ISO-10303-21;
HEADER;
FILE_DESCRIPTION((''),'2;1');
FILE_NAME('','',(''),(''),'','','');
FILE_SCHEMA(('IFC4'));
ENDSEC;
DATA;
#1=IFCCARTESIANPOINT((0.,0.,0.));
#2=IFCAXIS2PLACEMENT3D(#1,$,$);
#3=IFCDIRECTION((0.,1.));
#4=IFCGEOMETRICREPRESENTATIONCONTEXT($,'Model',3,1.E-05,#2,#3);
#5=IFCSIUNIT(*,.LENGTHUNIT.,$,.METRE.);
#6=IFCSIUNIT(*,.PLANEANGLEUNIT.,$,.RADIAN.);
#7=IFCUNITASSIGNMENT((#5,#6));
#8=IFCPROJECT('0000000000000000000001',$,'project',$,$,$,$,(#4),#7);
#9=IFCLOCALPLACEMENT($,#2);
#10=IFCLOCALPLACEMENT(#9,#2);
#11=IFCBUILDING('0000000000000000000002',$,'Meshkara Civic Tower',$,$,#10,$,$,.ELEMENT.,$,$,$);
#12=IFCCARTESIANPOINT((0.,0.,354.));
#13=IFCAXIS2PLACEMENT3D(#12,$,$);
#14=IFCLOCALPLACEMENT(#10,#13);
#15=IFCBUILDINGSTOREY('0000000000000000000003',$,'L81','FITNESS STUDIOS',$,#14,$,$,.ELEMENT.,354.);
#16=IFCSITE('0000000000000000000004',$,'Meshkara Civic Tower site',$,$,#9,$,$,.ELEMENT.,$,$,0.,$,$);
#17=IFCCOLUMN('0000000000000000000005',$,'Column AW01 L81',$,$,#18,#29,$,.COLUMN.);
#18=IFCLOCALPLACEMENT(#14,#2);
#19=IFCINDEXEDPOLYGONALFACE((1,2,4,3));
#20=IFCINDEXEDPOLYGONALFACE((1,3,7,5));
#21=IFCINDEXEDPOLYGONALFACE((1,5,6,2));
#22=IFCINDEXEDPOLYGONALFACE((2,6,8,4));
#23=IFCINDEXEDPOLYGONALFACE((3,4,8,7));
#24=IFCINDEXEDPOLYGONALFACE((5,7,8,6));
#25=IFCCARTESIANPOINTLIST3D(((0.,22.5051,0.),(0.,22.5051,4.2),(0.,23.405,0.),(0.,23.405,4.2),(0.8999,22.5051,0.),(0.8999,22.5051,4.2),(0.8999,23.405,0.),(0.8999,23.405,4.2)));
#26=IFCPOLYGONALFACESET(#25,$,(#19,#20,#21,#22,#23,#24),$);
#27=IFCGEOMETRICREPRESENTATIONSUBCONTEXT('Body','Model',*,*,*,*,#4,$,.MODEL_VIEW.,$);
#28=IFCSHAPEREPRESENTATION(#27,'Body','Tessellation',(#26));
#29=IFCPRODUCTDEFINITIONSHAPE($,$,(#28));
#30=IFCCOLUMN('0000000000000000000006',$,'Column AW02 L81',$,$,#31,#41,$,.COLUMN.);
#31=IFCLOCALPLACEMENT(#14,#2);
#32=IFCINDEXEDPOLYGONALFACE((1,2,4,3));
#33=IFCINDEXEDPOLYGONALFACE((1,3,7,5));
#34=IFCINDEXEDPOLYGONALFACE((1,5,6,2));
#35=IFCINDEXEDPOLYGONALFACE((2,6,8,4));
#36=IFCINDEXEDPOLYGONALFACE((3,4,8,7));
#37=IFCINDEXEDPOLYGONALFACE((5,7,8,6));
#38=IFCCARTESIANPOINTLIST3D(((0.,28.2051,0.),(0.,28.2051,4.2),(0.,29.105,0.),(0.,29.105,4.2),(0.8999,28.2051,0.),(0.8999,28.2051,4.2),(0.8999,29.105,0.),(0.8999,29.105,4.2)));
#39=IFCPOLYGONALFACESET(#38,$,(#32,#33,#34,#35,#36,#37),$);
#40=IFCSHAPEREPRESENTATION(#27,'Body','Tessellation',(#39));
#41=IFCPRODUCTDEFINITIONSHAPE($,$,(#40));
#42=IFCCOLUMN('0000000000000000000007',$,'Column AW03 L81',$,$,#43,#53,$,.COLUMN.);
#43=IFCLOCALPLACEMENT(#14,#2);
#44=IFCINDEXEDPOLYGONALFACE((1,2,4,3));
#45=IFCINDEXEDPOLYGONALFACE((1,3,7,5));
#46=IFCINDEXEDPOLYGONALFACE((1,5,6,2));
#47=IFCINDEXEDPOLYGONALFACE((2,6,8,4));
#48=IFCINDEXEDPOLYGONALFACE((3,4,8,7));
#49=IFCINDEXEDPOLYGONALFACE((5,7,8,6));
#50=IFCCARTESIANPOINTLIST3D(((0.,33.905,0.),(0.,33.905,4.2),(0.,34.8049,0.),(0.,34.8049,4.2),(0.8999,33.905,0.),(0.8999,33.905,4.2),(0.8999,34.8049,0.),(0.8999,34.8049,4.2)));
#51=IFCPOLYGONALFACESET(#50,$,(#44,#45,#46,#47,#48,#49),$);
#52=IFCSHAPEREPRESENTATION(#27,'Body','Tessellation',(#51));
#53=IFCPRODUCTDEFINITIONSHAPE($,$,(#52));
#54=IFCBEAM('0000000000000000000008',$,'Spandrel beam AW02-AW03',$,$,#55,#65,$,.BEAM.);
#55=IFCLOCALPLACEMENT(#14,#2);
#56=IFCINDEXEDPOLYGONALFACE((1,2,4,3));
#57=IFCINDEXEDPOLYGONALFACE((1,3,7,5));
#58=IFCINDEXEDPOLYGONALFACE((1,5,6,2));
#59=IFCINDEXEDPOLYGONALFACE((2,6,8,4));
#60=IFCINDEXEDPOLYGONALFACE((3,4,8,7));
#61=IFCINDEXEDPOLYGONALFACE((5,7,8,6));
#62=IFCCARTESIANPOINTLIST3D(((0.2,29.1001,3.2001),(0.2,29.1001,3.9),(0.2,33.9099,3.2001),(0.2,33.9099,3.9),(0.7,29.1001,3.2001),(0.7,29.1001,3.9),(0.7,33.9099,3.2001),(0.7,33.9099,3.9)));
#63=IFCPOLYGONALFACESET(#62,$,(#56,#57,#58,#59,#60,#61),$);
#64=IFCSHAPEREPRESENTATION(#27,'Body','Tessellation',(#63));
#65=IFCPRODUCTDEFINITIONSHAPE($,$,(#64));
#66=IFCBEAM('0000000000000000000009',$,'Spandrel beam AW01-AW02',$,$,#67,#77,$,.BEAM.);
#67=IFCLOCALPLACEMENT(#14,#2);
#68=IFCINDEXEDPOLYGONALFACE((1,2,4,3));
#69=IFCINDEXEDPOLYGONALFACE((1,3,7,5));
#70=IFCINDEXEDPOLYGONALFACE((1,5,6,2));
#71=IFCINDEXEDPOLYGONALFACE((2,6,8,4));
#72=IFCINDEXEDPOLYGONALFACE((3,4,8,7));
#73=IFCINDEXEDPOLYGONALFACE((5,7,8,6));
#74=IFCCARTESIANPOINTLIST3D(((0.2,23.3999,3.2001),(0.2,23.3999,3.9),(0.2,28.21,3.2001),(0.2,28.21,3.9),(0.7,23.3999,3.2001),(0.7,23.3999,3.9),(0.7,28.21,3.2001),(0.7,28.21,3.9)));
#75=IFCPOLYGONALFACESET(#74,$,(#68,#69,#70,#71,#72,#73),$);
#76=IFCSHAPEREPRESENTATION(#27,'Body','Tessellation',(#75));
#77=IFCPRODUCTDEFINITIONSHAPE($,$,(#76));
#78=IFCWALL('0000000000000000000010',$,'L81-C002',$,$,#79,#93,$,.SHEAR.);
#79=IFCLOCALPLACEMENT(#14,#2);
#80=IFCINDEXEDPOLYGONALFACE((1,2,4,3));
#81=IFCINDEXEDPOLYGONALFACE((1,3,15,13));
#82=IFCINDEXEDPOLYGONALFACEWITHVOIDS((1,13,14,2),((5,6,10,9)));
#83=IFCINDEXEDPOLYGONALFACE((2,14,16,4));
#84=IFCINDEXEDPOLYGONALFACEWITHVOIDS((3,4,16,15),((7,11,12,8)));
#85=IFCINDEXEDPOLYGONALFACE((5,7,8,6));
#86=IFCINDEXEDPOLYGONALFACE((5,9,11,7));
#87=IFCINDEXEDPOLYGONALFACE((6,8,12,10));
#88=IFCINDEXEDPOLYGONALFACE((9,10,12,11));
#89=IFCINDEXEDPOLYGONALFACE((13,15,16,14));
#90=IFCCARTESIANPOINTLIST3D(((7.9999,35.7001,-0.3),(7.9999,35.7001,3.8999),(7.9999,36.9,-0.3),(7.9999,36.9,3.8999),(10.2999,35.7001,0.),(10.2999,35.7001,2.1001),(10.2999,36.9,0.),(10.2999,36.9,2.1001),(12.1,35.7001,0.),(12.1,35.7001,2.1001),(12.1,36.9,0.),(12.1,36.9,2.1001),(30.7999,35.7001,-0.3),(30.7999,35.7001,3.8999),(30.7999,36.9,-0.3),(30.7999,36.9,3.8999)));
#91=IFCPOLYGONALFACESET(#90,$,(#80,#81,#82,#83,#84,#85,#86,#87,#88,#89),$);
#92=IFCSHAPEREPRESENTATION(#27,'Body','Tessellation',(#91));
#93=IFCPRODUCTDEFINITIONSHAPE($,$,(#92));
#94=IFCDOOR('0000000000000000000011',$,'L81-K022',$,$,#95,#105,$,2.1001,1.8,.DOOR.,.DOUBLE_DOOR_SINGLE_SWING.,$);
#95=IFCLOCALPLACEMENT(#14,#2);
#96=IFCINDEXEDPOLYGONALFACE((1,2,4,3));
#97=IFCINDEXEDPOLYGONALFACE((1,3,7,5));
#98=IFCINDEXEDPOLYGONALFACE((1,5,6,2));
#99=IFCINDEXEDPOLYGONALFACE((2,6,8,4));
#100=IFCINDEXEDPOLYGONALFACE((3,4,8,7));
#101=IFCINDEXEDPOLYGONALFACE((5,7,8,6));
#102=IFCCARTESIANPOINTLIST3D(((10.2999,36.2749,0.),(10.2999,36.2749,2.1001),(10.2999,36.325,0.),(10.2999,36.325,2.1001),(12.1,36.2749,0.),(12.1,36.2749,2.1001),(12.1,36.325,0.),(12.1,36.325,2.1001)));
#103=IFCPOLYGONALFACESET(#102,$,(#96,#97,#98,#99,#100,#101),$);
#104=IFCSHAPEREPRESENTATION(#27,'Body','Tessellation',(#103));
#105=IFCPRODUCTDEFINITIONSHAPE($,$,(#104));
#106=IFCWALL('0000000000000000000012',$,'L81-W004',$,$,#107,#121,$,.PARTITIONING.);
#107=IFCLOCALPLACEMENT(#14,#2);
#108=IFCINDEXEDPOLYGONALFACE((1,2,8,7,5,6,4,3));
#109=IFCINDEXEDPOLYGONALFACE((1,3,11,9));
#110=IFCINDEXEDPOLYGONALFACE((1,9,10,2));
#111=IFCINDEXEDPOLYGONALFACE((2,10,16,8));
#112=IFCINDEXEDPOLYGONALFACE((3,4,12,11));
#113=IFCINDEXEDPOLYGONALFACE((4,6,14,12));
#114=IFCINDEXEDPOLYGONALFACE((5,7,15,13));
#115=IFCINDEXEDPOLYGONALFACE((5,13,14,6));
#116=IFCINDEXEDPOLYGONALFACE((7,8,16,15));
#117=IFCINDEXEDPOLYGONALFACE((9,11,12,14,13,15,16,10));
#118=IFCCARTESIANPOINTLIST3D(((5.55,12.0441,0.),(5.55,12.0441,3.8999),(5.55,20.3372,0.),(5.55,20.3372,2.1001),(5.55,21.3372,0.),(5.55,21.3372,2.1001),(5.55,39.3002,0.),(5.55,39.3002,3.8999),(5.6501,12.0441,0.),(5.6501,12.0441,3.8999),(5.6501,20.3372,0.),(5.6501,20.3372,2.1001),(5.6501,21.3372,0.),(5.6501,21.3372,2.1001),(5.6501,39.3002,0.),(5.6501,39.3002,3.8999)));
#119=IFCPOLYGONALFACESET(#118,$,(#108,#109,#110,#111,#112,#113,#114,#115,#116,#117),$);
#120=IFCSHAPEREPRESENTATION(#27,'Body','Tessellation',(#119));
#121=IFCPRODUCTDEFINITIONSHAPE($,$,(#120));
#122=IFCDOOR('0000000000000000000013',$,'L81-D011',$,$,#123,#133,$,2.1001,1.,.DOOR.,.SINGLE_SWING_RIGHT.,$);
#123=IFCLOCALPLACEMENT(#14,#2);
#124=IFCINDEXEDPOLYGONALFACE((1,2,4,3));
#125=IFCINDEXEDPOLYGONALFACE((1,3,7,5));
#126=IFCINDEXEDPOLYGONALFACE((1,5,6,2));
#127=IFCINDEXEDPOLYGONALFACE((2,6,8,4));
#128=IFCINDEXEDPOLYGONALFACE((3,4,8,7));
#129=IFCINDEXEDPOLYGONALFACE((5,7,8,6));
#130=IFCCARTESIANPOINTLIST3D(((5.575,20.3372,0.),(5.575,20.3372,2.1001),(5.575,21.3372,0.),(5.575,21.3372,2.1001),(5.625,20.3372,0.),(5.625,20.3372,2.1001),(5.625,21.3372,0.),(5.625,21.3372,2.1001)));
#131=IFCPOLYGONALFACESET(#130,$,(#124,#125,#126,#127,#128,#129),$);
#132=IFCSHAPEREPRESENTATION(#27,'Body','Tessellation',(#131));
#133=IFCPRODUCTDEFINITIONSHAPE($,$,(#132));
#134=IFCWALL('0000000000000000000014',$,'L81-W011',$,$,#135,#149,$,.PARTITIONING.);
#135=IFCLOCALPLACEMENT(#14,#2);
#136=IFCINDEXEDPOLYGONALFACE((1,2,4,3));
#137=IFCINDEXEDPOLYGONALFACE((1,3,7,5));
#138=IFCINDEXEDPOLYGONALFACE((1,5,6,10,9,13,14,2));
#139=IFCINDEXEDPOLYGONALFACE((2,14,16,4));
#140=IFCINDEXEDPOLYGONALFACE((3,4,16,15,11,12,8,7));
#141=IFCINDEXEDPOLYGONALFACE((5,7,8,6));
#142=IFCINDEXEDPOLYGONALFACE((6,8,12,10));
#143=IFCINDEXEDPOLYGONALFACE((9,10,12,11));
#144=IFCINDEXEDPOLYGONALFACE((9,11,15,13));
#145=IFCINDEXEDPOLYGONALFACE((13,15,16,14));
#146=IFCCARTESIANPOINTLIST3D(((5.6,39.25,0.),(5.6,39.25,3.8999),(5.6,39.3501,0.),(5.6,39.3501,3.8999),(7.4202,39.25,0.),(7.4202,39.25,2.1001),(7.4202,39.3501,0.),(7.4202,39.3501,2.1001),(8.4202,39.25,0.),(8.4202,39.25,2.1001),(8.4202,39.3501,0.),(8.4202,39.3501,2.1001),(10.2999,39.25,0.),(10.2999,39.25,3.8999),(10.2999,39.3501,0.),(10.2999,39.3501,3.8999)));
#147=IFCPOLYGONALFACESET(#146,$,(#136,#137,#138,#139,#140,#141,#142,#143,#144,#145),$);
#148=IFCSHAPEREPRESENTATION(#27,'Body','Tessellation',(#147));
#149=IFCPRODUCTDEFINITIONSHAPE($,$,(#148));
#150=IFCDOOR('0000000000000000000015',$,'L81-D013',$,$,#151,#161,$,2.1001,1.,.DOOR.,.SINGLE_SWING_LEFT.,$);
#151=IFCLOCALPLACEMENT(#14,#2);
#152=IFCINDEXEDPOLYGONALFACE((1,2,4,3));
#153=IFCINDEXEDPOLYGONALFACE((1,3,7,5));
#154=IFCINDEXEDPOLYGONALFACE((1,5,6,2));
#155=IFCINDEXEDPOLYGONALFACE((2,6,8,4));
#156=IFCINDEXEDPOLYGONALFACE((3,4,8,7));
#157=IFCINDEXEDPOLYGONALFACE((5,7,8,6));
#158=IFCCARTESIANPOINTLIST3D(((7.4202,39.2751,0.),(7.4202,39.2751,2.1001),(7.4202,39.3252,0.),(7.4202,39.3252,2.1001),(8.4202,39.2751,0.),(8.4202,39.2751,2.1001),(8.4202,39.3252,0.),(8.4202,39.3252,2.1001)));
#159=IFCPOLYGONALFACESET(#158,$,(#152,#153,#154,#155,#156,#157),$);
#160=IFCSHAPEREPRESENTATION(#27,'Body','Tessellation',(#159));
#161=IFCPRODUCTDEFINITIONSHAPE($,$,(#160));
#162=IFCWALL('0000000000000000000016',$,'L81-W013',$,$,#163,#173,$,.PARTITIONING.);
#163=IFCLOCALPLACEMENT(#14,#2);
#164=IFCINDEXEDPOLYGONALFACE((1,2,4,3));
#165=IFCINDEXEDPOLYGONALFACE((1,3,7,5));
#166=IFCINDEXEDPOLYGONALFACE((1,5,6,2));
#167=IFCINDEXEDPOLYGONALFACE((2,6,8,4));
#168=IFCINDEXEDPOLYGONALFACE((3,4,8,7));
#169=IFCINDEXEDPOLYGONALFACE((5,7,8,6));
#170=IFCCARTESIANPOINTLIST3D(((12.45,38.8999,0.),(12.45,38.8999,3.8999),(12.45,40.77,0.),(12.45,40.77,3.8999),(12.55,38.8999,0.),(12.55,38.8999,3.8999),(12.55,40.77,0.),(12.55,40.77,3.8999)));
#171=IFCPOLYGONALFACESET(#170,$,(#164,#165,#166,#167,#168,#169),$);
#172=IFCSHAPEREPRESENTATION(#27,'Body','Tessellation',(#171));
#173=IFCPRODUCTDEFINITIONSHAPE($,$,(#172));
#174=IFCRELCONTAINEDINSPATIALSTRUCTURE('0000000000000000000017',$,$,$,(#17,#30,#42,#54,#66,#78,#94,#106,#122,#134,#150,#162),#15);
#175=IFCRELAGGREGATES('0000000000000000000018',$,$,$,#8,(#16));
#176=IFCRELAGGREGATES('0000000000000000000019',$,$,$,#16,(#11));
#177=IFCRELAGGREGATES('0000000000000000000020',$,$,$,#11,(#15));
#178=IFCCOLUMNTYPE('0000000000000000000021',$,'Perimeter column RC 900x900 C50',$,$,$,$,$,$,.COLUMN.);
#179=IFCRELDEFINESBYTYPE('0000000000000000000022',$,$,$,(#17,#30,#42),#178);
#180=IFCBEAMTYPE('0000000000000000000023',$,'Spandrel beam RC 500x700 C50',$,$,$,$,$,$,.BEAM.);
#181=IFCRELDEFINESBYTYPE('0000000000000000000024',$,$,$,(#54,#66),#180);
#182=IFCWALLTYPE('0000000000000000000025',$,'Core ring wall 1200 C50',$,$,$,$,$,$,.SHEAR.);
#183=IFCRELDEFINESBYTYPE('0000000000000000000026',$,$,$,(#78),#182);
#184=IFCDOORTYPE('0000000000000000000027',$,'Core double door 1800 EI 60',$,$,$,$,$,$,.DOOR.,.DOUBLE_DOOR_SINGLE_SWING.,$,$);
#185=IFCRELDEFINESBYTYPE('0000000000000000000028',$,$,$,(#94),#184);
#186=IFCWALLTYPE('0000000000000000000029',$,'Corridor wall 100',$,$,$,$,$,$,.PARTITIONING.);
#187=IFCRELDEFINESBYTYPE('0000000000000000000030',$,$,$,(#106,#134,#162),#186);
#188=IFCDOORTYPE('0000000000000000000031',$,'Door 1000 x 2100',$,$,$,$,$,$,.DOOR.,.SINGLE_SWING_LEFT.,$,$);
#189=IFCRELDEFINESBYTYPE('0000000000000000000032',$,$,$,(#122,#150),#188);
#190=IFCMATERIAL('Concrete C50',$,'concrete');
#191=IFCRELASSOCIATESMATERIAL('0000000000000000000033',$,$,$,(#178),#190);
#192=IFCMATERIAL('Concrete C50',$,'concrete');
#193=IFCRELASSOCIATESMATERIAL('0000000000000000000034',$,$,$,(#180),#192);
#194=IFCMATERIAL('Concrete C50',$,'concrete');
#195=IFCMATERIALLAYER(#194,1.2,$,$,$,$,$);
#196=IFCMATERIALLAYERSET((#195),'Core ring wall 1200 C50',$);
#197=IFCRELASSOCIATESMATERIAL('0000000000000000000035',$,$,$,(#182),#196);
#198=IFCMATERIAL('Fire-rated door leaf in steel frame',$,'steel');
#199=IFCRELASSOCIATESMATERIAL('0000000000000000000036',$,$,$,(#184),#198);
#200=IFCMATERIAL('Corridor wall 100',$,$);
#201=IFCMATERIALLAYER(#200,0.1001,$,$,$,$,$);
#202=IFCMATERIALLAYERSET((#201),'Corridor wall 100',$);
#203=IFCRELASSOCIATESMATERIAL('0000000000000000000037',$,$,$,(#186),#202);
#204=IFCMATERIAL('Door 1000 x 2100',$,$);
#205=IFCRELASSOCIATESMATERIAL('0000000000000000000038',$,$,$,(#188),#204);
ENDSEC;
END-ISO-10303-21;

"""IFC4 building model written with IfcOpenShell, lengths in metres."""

from ifc_helpers import new_model, si_unit, direction, frame, frame_2d, origin, origin_2d, place, context, subcontext, project, spatial, rectangle, extrude, material, layer, layer_set, material_profile, profile_set, type_object, element, fill, save


model = new_model("IFC4")

# Units and contexts
model_context = context("Model", 3, precision=1e-05, world=origin(), true_north=direction((0.0, 1.0)))
body_context = subcontext(model_context, "Body", "Model", "MODEL_VIEW")
ifc_project = project(units=[si_unit("LENGTHUNIT", "METRE"), si_unit("PLANEANGLEUNIT", "RADIAN")], contexts=[model_context])

# Site, building, storey
site_placement = place(None, origin())
site = spatial("IfcSite", under=ifc_project, at=site_placement, Name="Meshkara Civic Tower site", CompositionType="ELEMENT", RefElevation=0.0)
building_placement = place(site_placement, origin())
building = spatial("IfcBuilding", under=site, at=building_placement, Name="Meshkara Civic Tower", CompositionType="ELEMENT")
storey_placement = place(building_placement, frame((0.0, 0.0, 354.0)))
storey = spatial("IfcBuildingStorey", under=building, at=storey_placement, Name="L81", Description="FITNESS STUDIOS", CompositionType="ELEMENT", Elevation=354.0)

# Columns
ifc_material_1 = material(Name="Concrete C50", Category="concrete")
ifc_material_profile_1 = material_profile(ifc_material_1, rectangle(XDim=0.8999, YDim=0.8999, at=origin_2d()))
ifc_profile_set_1 = profile_set([ifc_material_profile_1], Name="Concrete C50")
column_type = type_object("IfcColumnType", Name="Perimeter column RC 900x900 C50", PredefinedType="COLUMN", material=ifc_profile_set_1)
for number, where, z_axis, x_axis, name in (
    (1, (0.45, 22.9551, 0.0), (0.0, 0.0, 1.0), (1.0, 0.0, 0.0), "Column AW01 L81"),
    (2, (0.45, 28.655, 0.0), (0.0, 0.0, 1.0), (1.0, 0.0, 0.0), "Column AW02 L81"),
    (3, (0.45, 34.355, 0.0), (0.0, 0.0, 1.0), (1.0, 0.0, 0.0), "Column AW03 L81"),
):
    element("IfcColumn", number, at=place(storey_placement, frame(where, z_axis=z_axis, x_axis=x_axis)), inside=storey, type_object=column_type, Name=name, PredefinedType="COLUMN", context=body_context, shape_type="SweptSolid", body=[
        extrude(rectangle(XDim=0.8999, YDim=0.8999, at=origin_2d()), origin(), (0.0, 0.0, 1.0), 4.2),
    ])

# Beams
ifc_material_2 = material(Name="Concrete C50", Category="concrete")
ifc_material_profile_2 = material_profile(ifc_material_2, rectangle(XDim=0.5, YDim=0.7, at=origin_2d()))
ifc_profile_set_2 = profile_set([ifc_material_profile_2], Name="Concrete C50")
beam_type = type_object("IfcBeamType", Name="Spandrel beam RC 500x700 C50", PredefinedType="BEAM", material=ifc_profile_set_2)
beam_1_placement = place(storey_placement, frame((0.45, 33.9099, 3.55), z_axis=(0.0, -1.0, 0.0), x_axis=(1.0, 0.0, 0.0)))
element("IfcBeam", 4, at=beam_1_placement, inside=storey, type_object=beam_type, Name="Spandrel beam AW02-AW03", PredefinedType="BEAM", context=body_context, shape_type="SweptSolid", body=[
    extrude(rectangle(XDim=0.5, YDim=0.7, at=origin_2d()), origin(), (0.0, 0.0, 1.0), 4.8098),
])
beam_2_placement = place(storey_placement, frame((0.45, 28.21, 3.55), z_axis=(0.0, -1.0, 0.0), x_axis=(1.0, 0.0, 0.0)))
element("IfcBeam", 5, at=beam_2_placement, inside=storey, type_object=beam_type, Name="Spandrel beam AW01-AW02", PredefinedType="BEAM", context=body_context, shape_type="SweptSolid", body=[
    extrude(rectangle(XDim=0.5, YDim=0.7, at=origin_2d()), origin(), (0.0, 0.0, 1.0), 4.8101),
])

# Walls, openings, doors
ifc_material_3 = material(Name="Concrete C50", Category="concrete")
ifc_layer_1 = layer(ifc_material_3, 1.2)
ifc_layer_set_1 = layer_set([ifc_layer_1], Name="Core ring wall 1200 C50")
wall_type_1 = type_object("IfcWallType", Name="Core ring wall 1200 C50", PredefinedType="SHEAR", material=ifc_layer_set_1)
wall_1_placement = place(storey_placement, frame((8.0, 36.3, -0.3), z_axis=(0.0, 0.0, 1.0), x_axis=(1.0, 0.0, 0.0)))
wall_1 = element("IfcWall", 6, at=wall_1_placement, inside=storey, type_object=wall_type_1, Name="L81-C002", PredefinedType="SHEAR", context=body_context, shape_type="SweptSolid", body=[
    extrude(rectangle(XDim=22.8, YDim=1.2, at=frame_2d((11.3999, 0.0))), origin(), (0.0, 0.0, 1.0), 4.2),
])
opening_1_placement = place(wall_1_placement, frame((2.3, 0.0, 0.3)))
opening_1 = element("IfcOpeningElement", 7, at=opening_1_placement, cuts=wall_1, PredefinedType="OPENING", context=body_context, shape_type="SweptSolid", body=[
    extrude(rectangle(XDim=1.8, YDim=2.1001, at=frame_2d((0.8999, 1.05))), frame((0.0, 0.6099, 0.0), z_axis=(0.0, -1.0, 0.0), x_axis=(1.0, 0.0, 0.0)), (0.0, 0.0, 1.0), 1.22),
])
ifc_material_4 = material(Name="Fire-rated door leaf in steel frame", Category="steel")
door_type_1 = type_object("IfcDoorType", Name="Core double door 1800 EI 60", OperationType="DOUBLE_DOOR_SINGLE_SWING", PredefinedType="DOOR", material=ifc_material_4)
door_1_placement = place(opening_1_placement, origin())
door_1 = element("IfcDoor", 8, at=door_1_placement, inside=storey, type_object=door_type_1, Name="L81-K022", OperationType="DOUBLE_DOOR_SINGLE_SWING", OverallHeight=2.1001, OverallWidth=1.8, PredefinedType="DOOR", context=body_context, shape_type="SweptSolid", body=[
    extrude(rectangle(XDim=1.8, YDim=2.1001, at=frame_2d((0.8999, 1.05))), frame((0.0, 0.0249, 0.0), z_axis=(0.0, -1.0, 0.0), x_axis=(1.0, 0.0, 0.0)), (0.0, 0.0, 1.0), 0.05),
])
fill(opening_1, door_1)
ifc_material_5 = material(Name="Corridor wall 100")
ifc_layer_2 = layer(ifc_material_5, 0.1001)
ifc_layer_set_2 = layer_set([ifc_layer_2], Name="Corridor wall 100")
wall_type_2 = type_object("IfcWallType", Name="Corridor wall 100", PredefinedType="PARTITIONING", material=ifc_layer_set_2)
wall_2_placement = place(storey_placement, frame((5.6001, 39.3, 0.0), z_axis=(0.0, 0.0, 1.0), x_axis=(0.0, -1.0, 0.0)))
wall_2 = element("IfcWall", 9, at=wall_2_placement, inside=storey, type_object=wall_type_2, Name="L81-W004", PredefinedType="PARTITIONING", context=body_context, shape_type="SweptSolid", body=[
    extrude(rectangle(XDim=27.2561, YDim=0.1001, at=frame_2d((13.6279, 0.0))), origin(), (0.0, 0.0, 1.0), 3.8999),
])
opening_2_placement = place(wall_2_placement, frame((17.9629, 0.0, 0.0)))
opening_2 = element("IfcOpeningElement", 10, at=opening_2_placement, cuts=wall_2, PredefinedType="OPENING", context=body_context, shape_type="SweptSolid", body=[
    extrude(rectangle(XDim=1.0, YDim=2.1001, at=frame_2d((0.5, 1.05))), frame((0.0, 0.0601, 0.0), z_axis=(0.0, -1.0, 0.0), x_axis=(1.0, 0.0, 0.0)), (0.0, 0.0, 1.0), 0.1201),
])
ifc_material_6 = material(Name="Door 1000 x 2100")
door_type_2 = type_object("IfcDoorType", Name="Door 1000 x 2100", OperationType="SINGLE_SWING_LEFT", PredefinedType="DOOR", material=ifc_material_6)
door_2_placement = place(opening_2_placement, origin())
door_2 = element("IfcDoor", 11, at=door_2_placement, inside=storey, type_object=door_type_2, Name="L81-D011", OperationType="SINGLE_SWING_RIGHT", OverallHeight=2.1001, OverallWidth=1.0, PredefinedType="DOOR", context=body_context, shape_type="SweptSolid", body=[
    extrude(rectangle(XDim=1.0, YDim=2.1001, at=frame_2d((0.5, 1.05))), frame((0.0, 0.0249, 0.0), z_axis=(0.0, -1.0, 0.0), x_axis=(1.0, 0.0, 0.0)), (0.0, 0.0, 1.0), 0.05),
])
fill(opening_2, door_2)
wall_3_placement = place(storey_placement, frame((10.3, 39.3, 0.0), z_axis=(0.0, 0.0, 1.0), x_axis=(-1.0, 0.0, 0.0)))
wall_3 = element("IfcWall", 12, at=wall_3_placement, inside=storey, type_object=wall_type_2, Name="L81-W011", PredefinedType="PARTITIONING", context=body_context, shape_type="SweptSolid", body=[
    extrude(rectangle(XDim=4.7, YDim=0.1001, at=frame_2d((2.3501, 0.0))), origin(), (0.0, 0.0, 1.0), 3.8999),
])
opening_3_placement = place(wall_3_placement, frame((1.8799, 0.0, 0.0)))
opening_3 = element("IfcOpeningElement", 13, at=opening_3_placement, cuts=wall_3, PredefinedType="OPENING", context=body_context, shape_type="SweptSolid", body=[
    extrude(rectangle(XDim=1.0, YDim=2.1001, at=frame_2d((0.5, 1.05))), frame((0.0, 0.0601, 0.0), z_axis=(0.0, -1.0, 0.0), x_axis=(1.0, 0.0, 0.0)), (0.0, 0.0, 1.0), 0.1201),
])
door_3_placement = place(opening_3_placement, origin())
door_3 = element("IfcDoor", 14, at=door_3_placement, inside=storey, type_object=door_type_2, Name="L81-D013", OperationType="SINGLE_SWING_LEFT", OverallHeight=2.1001, OverallWidth=1.0, PredefinedType="DOOR", context=body_context, shape_type="SweptSolid", body=[
    extrude(rectangle(XDim=1.0, YDim=2.1001, at=frame_2d((0.5, 1.05))), frame((0.0, 0.0249, 0.0), z_axis=(0.0, -1.0, 0.0), x_axis=(1.0, 0.0, 0.0)), (0.0, 0.0, 1.0), 0.05),
])
fill(opening_3, door_3)

# Wall
wall_4_placement = place(storey_placement, frame((12.5, 38.8999, 0.0), z_axis=(0.0, 0.0, 1.0), x_axis=(0.0, 1.0, 0.0)))
element("IfcWall", 15, at=wall_4_placement, inside=storey, type_object=wall_type_2, Name="L81-W013", PredefinedType="PARTITIONING", context=body_context, shape_type="SweptSolid", body=[
    extrude(rectangle(XDim=1.8701, YDim=0.1001, at=frame_2d((0.9351, 0.0))), origin(), (0.0, 0.0, 1.0), 3.8999),
])

save(model, "model.ifc")
